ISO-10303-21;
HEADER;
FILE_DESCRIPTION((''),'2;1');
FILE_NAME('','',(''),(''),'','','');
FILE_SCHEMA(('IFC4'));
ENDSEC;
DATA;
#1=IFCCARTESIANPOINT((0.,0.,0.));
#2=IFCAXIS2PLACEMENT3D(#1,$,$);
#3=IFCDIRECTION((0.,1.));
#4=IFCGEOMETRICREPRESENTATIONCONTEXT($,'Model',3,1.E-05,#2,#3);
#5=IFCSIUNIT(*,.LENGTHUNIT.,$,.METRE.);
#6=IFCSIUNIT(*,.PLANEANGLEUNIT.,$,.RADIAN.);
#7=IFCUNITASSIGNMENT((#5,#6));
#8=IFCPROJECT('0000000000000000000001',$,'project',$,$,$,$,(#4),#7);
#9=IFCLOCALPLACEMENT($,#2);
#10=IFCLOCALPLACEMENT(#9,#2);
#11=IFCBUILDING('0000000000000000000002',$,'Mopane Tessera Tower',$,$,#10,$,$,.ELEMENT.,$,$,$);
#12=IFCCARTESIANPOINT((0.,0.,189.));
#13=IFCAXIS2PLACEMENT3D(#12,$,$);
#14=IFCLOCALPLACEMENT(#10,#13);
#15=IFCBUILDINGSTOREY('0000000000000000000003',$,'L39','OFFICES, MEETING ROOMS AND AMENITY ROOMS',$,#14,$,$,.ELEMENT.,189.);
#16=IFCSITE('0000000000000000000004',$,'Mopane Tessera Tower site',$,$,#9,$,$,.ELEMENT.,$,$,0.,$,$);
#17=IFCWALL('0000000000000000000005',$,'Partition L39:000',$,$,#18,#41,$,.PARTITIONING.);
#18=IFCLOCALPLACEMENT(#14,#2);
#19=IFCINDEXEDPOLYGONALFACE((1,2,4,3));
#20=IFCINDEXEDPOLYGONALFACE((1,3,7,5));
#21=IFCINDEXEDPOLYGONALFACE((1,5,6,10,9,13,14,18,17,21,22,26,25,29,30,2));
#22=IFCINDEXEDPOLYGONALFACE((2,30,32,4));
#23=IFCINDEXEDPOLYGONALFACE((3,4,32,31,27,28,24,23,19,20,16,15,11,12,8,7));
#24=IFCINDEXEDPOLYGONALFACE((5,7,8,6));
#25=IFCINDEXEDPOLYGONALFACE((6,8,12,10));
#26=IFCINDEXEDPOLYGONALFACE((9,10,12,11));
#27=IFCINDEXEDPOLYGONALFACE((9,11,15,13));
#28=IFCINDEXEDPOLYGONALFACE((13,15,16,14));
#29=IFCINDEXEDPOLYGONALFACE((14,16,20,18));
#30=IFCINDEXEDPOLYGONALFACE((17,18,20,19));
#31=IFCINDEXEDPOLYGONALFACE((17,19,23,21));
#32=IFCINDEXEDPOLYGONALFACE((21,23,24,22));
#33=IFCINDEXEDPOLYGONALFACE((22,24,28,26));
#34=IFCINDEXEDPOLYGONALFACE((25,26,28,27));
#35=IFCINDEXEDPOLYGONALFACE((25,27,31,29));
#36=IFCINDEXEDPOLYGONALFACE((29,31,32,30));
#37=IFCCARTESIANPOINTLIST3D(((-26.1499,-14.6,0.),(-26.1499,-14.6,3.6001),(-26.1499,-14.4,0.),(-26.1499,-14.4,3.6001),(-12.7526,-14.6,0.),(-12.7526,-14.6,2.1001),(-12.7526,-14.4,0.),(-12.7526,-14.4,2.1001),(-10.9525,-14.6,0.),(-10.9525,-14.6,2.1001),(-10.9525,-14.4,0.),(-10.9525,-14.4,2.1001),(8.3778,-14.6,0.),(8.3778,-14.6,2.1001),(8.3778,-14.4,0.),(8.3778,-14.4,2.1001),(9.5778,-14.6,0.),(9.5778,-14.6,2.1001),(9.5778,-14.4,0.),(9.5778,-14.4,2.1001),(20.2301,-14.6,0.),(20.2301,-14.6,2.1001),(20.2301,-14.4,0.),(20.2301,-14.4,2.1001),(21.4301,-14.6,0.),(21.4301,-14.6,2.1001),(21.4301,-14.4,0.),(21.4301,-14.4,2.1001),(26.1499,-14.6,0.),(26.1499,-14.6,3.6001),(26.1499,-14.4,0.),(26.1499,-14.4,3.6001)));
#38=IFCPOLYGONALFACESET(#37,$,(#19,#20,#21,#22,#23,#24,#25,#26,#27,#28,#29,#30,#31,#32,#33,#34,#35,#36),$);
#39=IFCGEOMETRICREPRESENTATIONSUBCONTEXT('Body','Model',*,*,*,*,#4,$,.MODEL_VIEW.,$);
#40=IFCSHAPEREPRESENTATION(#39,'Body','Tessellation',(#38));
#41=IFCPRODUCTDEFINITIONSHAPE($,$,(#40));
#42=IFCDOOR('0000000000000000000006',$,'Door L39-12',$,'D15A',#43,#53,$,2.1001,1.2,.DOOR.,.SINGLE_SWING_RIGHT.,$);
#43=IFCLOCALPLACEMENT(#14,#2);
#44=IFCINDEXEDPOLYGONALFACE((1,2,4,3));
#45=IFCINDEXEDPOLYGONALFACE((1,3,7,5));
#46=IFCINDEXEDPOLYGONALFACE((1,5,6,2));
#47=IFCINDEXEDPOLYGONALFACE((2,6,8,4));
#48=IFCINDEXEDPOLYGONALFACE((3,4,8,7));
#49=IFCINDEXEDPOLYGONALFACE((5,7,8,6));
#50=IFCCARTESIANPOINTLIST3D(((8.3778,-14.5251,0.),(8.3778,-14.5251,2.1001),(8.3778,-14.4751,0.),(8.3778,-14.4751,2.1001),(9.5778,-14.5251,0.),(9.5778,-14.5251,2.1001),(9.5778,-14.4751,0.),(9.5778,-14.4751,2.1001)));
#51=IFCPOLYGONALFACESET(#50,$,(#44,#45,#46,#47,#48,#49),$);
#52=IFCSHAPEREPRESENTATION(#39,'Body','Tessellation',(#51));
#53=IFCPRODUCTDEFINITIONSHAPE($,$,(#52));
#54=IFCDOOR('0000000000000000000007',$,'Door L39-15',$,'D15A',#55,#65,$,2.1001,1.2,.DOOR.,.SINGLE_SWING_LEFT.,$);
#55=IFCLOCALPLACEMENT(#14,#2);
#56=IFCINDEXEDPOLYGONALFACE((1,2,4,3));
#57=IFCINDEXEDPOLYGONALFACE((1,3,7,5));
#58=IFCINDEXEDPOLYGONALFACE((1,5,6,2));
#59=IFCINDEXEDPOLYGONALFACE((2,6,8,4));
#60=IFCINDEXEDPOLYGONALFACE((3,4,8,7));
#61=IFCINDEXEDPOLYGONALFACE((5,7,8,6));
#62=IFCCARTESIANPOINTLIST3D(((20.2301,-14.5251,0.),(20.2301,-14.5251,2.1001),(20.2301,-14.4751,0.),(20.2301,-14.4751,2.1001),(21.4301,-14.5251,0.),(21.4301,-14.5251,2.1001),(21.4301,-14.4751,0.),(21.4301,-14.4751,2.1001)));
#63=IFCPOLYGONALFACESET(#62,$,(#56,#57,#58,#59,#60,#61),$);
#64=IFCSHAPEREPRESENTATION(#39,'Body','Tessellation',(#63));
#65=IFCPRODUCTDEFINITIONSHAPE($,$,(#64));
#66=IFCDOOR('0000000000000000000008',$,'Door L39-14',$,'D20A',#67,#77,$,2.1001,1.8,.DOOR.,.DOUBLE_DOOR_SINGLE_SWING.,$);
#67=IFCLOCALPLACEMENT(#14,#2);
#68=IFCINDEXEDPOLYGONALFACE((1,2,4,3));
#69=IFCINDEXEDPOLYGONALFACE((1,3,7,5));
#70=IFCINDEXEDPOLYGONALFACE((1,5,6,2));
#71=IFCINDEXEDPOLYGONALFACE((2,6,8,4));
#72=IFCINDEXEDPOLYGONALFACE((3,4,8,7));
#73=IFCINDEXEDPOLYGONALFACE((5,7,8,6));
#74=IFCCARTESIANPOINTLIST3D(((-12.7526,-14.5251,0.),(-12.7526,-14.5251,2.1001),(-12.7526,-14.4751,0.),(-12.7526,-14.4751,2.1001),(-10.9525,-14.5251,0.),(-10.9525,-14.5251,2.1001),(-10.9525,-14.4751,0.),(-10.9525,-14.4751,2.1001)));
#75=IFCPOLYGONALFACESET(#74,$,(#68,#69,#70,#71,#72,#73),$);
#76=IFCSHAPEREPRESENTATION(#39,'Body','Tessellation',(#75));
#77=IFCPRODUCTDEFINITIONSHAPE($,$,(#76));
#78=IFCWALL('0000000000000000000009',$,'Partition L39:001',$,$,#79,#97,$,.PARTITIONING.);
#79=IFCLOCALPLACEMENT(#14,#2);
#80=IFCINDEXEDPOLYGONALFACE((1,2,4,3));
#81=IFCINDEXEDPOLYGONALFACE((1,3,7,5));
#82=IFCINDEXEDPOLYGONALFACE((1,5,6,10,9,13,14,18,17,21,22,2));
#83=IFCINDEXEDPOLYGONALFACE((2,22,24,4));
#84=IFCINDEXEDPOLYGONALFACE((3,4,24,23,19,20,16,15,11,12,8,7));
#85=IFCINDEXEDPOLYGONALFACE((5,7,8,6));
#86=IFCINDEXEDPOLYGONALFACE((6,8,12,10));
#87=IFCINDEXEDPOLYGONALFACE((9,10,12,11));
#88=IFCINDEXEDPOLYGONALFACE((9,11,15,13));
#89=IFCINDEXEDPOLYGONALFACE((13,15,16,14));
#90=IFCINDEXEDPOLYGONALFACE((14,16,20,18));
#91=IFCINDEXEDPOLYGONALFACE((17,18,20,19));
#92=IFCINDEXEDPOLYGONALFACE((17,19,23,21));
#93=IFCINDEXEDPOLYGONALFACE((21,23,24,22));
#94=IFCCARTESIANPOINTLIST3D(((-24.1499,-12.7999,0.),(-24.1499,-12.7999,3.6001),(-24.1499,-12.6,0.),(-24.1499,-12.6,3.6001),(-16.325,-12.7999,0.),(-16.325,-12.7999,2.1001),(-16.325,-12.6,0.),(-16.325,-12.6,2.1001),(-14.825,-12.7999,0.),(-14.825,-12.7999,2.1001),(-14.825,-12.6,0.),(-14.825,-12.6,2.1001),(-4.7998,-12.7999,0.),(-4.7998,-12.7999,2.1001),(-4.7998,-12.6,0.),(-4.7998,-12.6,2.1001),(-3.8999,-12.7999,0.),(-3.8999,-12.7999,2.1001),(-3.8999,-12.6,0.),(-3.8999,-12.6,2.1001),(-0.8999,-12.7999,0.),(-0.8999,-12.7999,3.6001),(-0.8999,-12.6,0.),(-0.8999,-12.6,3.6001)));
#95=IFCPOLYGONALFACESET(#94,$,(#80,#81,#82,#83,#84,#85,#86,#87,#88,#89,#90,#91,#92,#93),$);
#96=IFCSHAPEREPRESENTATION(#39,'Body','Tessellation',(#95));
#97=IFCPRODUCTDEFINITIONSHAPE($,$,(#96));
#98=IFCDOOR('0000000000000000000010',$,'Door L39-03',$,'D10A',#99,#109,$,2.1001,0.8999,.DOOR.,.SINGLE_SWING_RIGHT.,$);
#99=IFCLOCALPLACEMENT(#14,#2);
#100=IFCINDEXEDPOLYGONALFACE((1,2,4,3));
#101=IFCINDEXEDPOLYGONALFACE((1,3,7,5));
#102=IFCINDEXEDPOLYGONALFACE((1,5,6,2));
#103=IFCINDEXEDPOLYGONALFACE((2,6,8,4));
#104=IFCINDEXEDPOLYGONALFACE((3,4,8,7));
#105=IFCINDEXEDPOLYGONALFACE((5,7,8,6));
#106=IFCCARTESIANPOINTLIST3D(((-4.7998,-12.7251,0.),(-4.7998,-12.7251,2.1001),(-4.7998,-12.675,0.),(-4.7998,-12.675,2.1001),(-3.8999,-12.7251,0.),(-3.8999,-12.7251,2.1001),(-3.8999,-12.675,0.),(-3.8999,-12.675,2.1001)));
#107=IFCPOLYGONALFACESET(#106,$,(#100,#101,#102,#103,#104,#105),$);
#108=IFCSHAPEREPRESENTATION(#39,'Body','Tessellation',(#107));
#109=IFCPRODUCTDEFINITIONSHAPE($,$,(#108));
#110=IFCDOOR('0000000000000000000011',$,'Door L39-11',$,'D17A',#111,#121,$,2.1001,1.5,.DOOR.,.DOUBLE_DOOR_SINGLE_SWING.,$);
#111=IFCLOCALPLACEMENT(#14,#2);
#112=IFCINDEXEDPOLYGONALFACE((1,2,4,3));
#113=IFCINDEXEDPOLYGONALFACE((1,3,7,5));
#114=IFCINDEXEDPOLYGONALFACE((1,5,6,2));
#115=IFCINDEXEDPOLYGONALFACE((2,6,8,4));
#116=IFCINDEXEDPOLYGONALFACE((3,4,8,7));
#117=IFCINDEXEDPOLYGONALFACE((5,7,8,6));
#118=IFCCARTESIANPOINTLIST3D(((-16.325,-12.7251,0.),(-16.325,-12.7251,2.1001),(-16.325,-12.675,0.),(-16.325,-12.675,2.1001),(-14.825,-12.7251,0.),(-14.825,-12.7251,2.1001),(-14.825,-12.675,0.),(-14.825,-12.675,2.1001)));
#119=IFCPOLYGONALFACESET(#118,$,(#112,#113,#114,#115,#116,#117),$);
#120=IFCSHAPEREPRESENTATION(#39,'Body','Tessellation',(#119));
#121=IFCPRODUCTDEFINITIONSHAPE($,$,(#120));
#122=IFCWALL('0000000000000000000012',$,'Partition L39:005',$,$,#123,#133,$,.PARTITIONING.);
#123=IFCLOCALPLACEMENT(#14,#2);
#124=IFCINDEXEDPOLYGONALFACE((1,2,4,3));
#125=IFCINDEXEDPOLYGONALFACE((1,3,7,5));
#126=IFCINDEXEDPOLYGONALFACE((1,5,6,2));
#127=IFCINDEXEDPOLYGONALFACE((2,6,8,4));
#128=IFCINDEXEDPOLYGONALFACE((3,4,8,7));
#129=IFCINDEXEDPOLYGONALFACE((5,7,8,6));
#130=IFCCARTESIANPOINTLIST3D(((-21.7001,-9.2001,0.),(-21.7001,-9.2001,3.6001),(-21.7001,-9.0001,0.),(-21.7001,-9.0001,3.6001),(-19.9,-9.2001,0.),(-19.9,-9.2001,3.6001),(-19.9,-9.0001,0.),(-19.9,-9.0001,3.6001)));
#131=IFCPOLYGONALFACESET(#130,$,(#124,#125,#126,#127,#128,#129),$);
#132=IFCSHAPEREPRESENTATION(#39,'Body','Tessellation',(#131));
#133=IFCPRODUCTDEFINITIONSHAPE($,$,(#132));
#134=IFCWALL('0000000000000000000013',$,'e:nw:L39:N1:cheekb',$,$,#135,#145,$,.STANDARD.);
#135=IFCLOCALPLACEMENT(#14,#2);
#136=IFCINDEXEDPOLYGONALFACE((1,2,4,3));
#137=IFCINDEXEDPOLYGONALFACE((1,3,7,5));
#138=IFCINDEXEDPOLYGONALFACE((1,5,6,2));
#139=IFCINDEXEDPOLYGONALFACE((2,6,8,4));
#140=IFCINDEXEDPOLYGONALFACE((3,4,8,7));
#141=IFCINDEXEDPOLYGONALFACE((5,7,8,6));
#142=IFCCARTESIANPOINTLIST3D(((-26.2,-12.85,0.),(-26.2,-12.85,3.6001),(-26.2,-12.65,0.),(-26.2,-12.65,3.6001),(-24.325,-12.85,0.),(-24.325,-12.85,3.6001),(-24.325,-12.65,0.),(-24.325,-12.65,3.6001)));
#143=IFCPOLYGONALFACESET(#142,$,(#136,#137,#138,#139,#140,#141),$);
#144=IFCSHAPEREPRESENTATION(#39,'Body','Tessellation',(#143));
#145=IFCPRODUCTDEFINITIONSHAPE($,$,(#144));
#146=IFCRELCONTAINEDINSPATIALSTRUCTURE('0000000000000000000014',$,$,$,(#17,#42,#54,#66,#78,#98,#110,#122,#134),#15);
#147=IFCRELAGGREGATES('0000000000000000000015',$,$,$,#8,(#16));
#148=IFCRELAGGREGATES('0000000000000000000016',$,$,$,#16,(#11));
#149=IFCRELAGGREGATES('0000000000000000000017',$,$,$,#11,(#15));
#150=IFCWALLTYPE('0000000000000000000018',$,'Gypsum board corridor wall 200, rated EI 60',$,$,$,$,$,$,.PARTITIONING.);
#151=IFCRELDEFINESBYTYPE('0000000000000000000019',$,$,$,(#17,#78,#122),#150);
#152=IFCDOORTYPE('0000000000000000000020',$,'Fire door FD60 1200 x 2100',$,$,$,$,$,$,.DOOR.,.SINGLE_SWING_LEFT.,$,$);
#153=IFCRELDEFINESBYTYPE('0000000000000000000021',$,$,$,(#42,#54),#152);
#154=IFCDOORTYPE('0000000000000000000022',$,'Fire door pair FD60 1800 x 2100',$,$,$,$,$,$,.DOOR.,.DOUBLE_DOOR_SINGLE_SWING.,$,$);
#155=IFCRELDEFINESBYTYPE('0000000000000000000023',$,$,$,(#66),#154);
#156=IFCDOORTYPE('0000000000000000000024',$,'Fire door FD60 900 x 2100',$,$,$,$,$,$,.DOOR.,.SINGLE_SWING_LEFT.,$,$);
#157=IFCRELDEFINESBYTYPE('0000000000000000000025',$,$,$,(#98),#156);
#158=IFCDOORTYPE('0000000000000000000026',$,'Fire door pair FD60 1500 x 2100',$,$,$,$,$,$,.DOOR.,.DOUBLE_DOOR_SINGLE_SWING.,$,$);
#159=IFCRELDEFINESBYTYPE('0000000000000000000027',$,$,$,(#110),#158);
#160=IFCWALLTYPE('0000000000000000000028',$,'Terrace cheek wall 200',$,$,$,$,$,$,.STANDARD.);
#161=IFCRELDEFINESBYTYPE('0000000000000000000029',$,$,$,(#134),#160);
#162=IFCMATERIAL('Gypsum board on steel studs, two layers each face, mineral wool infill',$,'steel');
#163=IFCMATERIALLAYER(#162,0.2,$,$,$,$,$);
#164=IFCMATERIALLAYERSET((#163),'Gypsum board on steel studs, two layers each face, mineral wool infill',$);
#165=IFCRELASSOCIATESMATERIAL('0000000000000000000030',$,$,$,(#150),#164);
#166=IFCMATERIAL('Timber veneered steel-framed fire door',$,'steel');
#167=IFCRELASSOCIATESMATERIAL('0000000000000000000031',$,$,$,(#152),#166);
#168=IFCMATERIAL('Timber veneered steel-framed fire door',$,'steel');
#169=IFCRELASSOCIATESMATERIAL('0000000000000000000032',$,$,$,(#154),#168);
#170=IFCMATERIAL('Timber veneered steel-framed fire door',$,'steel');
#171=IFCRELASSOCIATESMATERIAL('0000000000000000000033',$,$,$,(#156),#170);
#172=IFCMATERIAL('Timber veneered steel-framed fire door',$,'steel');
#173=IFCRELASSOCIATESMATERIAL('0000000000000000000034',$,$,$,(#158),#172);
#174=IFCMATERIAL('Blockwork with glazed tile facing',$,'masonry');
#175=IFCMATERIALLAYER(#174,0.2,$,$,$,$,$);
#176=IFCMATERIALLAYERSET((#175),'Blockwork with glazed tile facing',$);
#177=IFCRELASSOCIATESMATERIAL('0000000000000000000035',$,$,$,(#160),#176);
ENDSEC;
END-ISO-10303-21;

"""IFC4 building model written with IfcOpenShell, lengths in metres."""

from ifc_helpers import new_model, si_unit, direction, frame, frame_2d, origin, place, context, subcontext, project, spatial, rectangle, extrude, material, layer, layer_set, type_object, element, fill, save


model = new_model("IFC4")

# Units and contexts
model_context = context("Model", 3, precision=1e-05, world=origin(), true_north=direction((0.0, 1.0)))
body_context = subcontext(model_context, "Body", "Model", "MODEL_VIEW")
ifc_project = project(units=[si_unit("LENGTHUNIT", "METRE"), si_unit("PLANEANGLEUNIT", "RADIAN")], contexts=[model_context])

# Site, building, storey
site_placement = place(None, origin())
site = spatial("IfcSite", under=ifc_project, at=site_placement, Name="Mopane Tessera Tower site", CompositionType="ELEMENT", RefElevation=0.0)
building_placement = place(site_placement, origin())
building = spatial("IfcBuilding", under=site, at=building_placement, Name="Mopane Tessera Tower", CompositionType="ELEMENT")
storey_placement = place(building_placement, frame((0.0, 0.0, 189.0)))
storey = spatial("IfcBuildingStorey", under=building, at=storey_placement, Name="L39", Description="OFFICES, MEETING ROOMS AND AMENITY ROOMS", CompositionType="ELEMENT", Elevation=189.0)

# Walls, openings, doors
ifc_material_1 = material(Name="Gypsum board on steel studs, two layers each face, mineral wool infill", Category="steel")
ifc_layer_1 = layer(ifc_material_1, 0.2)
ifc_layer_set_1 = layer_set([ifc_layer_1], Name="Gypsum board on steel studs, two layers each face, mineral wool infill")
wall_type_1 = type_object("IfcWallType", Name="Gypsum board corridor wall 200, rated EI 60", PredefinedType="PARTITIONING", material=ifc_layer_set_1)
wall_1_placement = place(storey_placement, frame((-26.1499, -14.5, 0.0), z_axis=(0.0, 0.0, 1.0), x_axis=(1.0, 0.0, 0.0)))
wall_1 = element("IfcWall", 1, at=wall_1_placement, inside=storey, type_object=wall_type_1, Name="Partition L39:000", PredefinedType="PARTITIONING", context=body_context, shape_type="SweptSolid", body=[
    extrude(rectangle(XDim=52.2998, YDim=0.2, at=frame_2d((26.1499, 0.0))), origin(), (0.0, 0.0, 1.0), 3.6001),
])
opening_1_placement = place(wall_1_placement, frame((34.5276, 0.0, 0.0)))
opening_1 = element("IfcOpeningElement", 2, at=opening_1_placement, cuts=wall_1, PredefinedType="OPENING", context=body_context, shape_type="SweptSolid", body=[
    extrude(rectangle(XDim=1.2, YDim=2.1001, at=frame_2d((0.6001, 1.05))), frame((0.0, 0.1121, 0.0), z_axis=(0.0, -1.0, 0.0), x_axis=(1.0, 0.0, 0.0)), (0.0, 0.0, 1.0), 0.2239),
])
opening_2_placement = place(wall_1_placement, frame((13.3975, 0.0, 0.0)))
opening_2 = element("IfcOpeningElement", 3, at=opening_2_placement, cuts=wall_1, PredefinedType="OPENING", context=body_context, shape_type="SweptSolid", body=[
    extrude(rectangle(XDim=1.8, YDim=2.1001, at=frame_2d((0.8999, 1.05))), frame((0.0, 0.1121, 0.0), z_axis=(0.0, -1.0, 0.0), x_axis=(1.0, 0.0, 0.0)), (0.0, 0.0, 1.0), 0.2239),
])
opening_3_placement = place(wall_1_placement, frame((46.3799, 0.0, 0.0)))
opening_3 = element("IfcOpeningElement", 4, at=opening_3_placement, cuts=wall_1, PredefinedType="OPENING", context=body_context, shape_type="SweptSolid", body=[
    extrude(rectangle(XDim=1.2, YDim=2.1001, at=frame_2d((0.6001, 1.05))), frame((0.0, 0.1121, 0.0), z_axis=(0.0, -1.0, 0.0), x_axis=(1.0, 0.0, 0.0)), (0.0, 0.0, 1.0), 0.2239),
])
ifc_material_2 = material(Name="Timber veneered steel-framed fire door", Category="steel")
door_type_1 = type_object("IfcDoorType", Name="Fire door FD60 1200 x 2100", OperationType="SINGLE_SWING_LEFT", PredefinedType="DOOR", material=ifc_material_2)
door_1_placement = place(opening_1_placement, origin())
door_1 = element("IfcDoor", 5, at=door_1_placement, inside=storey, type_object=door_type_1, Name="Door L39-12", ObjectType="D15A", OperationType="SINGLE_SWING_RIGHT", OverallHeight=2.1001, OverallWidth=1.2, PredefinedType="DOOR", context=body_context, shape_type="SweptSolid", body=[
    extrude(rectangle(XDim=1.2, YDim=2.1001, at=frame_2d((0.6001, 1.05))), frame((0.0, 0.0249, 0.0), z_axis=(0.0, -1.0, 0.0), x_axis=(1.0, 0.0, 0.0)), (0.0, 0.0, 1.0), 0.05),
])
fill(opening_1, door_1)
door_2_placement = place(opening_3_placement, origin())
door_2 = element("IfcDoor", 6, at=door_2_placement, inside=storey, type_object=door_type_1, Name="Door L39-15", ObjectType="D15A", OperationType="SINGLE_SWING_LEFT", OverallHeight=2.1001, OverallWidth=1.2, PredefinedType="DOOR", context=body_context, shape_type="SweptSolid", body=[
    extrude(rectangle(XDim=1.2, YDim=2.1001, at=frame_2d((0.6001, 1.05))), frame((0.0, 0.0249, 0.0), z_axis=(0.0, -1.0, 0.0), x_axis=(1.0, 0.0, 0.0)), (0.0, 0.0, 1.0), 0.05),
])
fill(opening_3, door_2)
ifc_material_3 = material(Name="Timber veneered steel-framed fire door", Category="steel")
door_type_2 = type_object("IfcDoorType", Name="Fire door pair FD60 1800 x 2100", OperationType="DOUBLE_DOOR_SINGLE_SWING", PredefinedType="DOOR", material=ifc_material_3)
door_3_placement = place(opening_2_placement, origin())
door_3 = element("IfcDoor", 7, at=door_3_placement, inside=storey, type_object=door_type_2, Name="Door L39-14", ObjectType="D20A", OperationType="DOUBLE_DOOR_SINGLE_SWING", OverallHeight=2.1001, OverallWidth=1.8, PredefinedType="DOOR", context=body_context, shape_type="SweptSolid", body=[
    extrude(rectangle(XDim=1.8, YDim=2.1001, at=frame_2d((0.8999, 1.05))), frame((0.0, 0.0249, 0.0), z_axis=(0.0, -1.0, 0.0), x_axis=(1.0, 0.0, 0.0)), (0.0, 0.0, 1.0), 0.05),
])
fill(opening_2, door_3)
wall_2_placement = place(storey_placement, frame((-24.1499, -12.7, 0.0), z_axis=(0.0, 0.0, 1.0), x_axis=(1.0, 0.0, 0.0)))
wall_2 = element("IfcWall", 8, at=wall_2_placement, inside=storey, type_object=wall_type_1, Name="Partition L39:001", PredefinedType="PARTITIONING", context=body_context, shape_type="SweptSolid", body=[
    extrude(rectangle(XDim=23.25, YDim=0.2, at=frame_2d((11.625, 0.0))), origin(), (0.0, 0.0, 1.0), 3.6001),
])
opening_4_placement = place(wall_2_placement, frame((19.3501, 0.0, 0.0)))
opening_4 = element("IfcOpeningElement", 9, at=opening_4_placement, cuts=wall_2, PredefinedType="OPENING", context=body_context, shape_type="SweptSolid", body=[
    extrude(rectangle(XDim=0.8999, YDim=2.1001, at=frame_2d((0.45, 1.05))), frame((0.0, 0.1121, 0.0), z_axis=(0.0, -1.0, 0.0), x_axis=(1.0, 0.0, 0.0)), (0.0, 0.0, 1.0), 0.2239),
])
opening_5_placement = place(wall_2_placement, frame((7.825, 0.0, 0.0)))
opening_5 = element("IfcOpeningElement", 10, at=opening_5_placement, cuts=wall_2, PredefinedType="OPENING", context=body_context, shape_type="SweptSolid", body=[
    extrude(rectangle(XDim=1.5, YDim=2.1001, at=frame_2d((0.75, 1.05))), frame((0.0, 0.1121, 0.0), z_axis=(0.0, -1.0, 0.0), x_axis=(1.0, 0.0, 0.0)), (0.0, 0.0, 1.0), 0.2239),
])
ifc_material_4 = material(Name="Timber veneered steel-framed fire door", Category="steel")
door_type_3 = type_object("IfcDoorType", Name="Fire door FD60 900 x 2100", OperationType="SINGLE_SWING_LEFT", PredefinedType="DOOR", material=ifc_material_4)
door_4_placement = place(opening_4_placement, origin())
door_4 = element("IfcDoor", 11, at=door_4_placement, inside=storey, type_object=door_type_3, Name="Door L39-03", ObjectType="D10A", OperationType="SINGLE_SWING_RIGHT", OverallHeight=2.1001, OverallWidth=0.8999, PredefinedType="DOOR", context=body_context, shape_type="SweptSolid", body=[
    extrude(rectangle(XDim=0.8999, YDim=2.1001, at=frame_2d((0.45, 1.05))), frame((0.0, 0.0249, 0.0), z_axis=(0.0, -1.0, 0.0), x_axis=(1.0, 0.0, 0.0)), (0.0, 0.0, 1.0), 0.05),
])
fill(opening_4, door_4)
ifc_material_5 = material(Name="Timber veneered steel-framed fire door", Category="steel")
door_type_4 = type_object("IfcDoorType", Name="Fire door pair FD60 1500 x 2100", OperationType="DOUBLE_DOOR_SINGLE_SWING", PredefinedType="DOOR", material=ifc_material_5)
door_5_placement = place(opening_5_placement, origin())
door_5 = element("IfcDoor", 12, at=door_5_placement, inside=storey, type_object=door_type_4, Name="Door L39-11", ObjectType="D17A", OperationType="DOUBLE_DOOR_SINGLE_SWING", OverallHeight=2.1001, OverallWidth=1.5, PredefinedType="DOOR", context=body_context, shape_type="SweptSolid", body=[
    extrude(rectangle(XDim=1.5, YDim=2.1001, at=frame_2d((0.75, 1.05))), frame((0.0, 0.0249, 0.0), z_axis=(0.0, -1.0, 0.0), x_axis=(1.0, 0.0, 0.0)), (0.0, 0.0, 1.0), 0.05),
])
fill(opening_5, door_5)

# Walls
wall_3_placement = place(storey_placement, frame((-21.7, -9.1001, 0.0), z_axis=(0.0, 0.0, 1.0), x_axis=(1.0, 0.0, 0.0)))
element("IfcWall", 13, at=wall_3_placement, inside=storey, type_object=wall_type_1, Name="Partition L39:005", PredefinedType="PARTITIONING", context=body_context, shape_type="SweptSolid", body=[
    extrude(rectangle(XDim=1.8, YDim=0.2, at=frame_2d((0.8999, 0.0))), origin(), (0.0, 0.0, 1.0), 3.6001),
])
ifc_material_6 = material(Name="Blockwork with glazed tile facing", Category="masonry")
ifc_layer_2 = layer(ifc_material_6, 0.2)
ifc_layer_set_2 = layer_set([ifc_layer_2], Name="Blockwork with glazed tile facing")
wall_type_2 = type_object("IfcWallType", Name="Terrace cheek wall 200", PredefinedType="STANDARD", material=ifc_layer_set_2)
wall_4_placement = place(storey_placement, frame((-26.2, -12.75, 0.0), z_axis=(0.0, 0.0, 1.0), x_axis=(1.0, 0.0, 0.0)))
element("IfcWall", 14, at=wall_4_placement, inside=storey, type_object=wall_type_2, Name="e:nw:L39:N1:cheekb", PredefinedType="STANDARD", context=body_context, shape_type="SweptSolid", body=[
    extrude(rectangle(XDim=1.875, YDim=0.2, at=frame_2d((0.9375, 0.0))), origin(), (0.0, 0.0, 1.0), 3.6001),
])

save(model, "model.ifc")
